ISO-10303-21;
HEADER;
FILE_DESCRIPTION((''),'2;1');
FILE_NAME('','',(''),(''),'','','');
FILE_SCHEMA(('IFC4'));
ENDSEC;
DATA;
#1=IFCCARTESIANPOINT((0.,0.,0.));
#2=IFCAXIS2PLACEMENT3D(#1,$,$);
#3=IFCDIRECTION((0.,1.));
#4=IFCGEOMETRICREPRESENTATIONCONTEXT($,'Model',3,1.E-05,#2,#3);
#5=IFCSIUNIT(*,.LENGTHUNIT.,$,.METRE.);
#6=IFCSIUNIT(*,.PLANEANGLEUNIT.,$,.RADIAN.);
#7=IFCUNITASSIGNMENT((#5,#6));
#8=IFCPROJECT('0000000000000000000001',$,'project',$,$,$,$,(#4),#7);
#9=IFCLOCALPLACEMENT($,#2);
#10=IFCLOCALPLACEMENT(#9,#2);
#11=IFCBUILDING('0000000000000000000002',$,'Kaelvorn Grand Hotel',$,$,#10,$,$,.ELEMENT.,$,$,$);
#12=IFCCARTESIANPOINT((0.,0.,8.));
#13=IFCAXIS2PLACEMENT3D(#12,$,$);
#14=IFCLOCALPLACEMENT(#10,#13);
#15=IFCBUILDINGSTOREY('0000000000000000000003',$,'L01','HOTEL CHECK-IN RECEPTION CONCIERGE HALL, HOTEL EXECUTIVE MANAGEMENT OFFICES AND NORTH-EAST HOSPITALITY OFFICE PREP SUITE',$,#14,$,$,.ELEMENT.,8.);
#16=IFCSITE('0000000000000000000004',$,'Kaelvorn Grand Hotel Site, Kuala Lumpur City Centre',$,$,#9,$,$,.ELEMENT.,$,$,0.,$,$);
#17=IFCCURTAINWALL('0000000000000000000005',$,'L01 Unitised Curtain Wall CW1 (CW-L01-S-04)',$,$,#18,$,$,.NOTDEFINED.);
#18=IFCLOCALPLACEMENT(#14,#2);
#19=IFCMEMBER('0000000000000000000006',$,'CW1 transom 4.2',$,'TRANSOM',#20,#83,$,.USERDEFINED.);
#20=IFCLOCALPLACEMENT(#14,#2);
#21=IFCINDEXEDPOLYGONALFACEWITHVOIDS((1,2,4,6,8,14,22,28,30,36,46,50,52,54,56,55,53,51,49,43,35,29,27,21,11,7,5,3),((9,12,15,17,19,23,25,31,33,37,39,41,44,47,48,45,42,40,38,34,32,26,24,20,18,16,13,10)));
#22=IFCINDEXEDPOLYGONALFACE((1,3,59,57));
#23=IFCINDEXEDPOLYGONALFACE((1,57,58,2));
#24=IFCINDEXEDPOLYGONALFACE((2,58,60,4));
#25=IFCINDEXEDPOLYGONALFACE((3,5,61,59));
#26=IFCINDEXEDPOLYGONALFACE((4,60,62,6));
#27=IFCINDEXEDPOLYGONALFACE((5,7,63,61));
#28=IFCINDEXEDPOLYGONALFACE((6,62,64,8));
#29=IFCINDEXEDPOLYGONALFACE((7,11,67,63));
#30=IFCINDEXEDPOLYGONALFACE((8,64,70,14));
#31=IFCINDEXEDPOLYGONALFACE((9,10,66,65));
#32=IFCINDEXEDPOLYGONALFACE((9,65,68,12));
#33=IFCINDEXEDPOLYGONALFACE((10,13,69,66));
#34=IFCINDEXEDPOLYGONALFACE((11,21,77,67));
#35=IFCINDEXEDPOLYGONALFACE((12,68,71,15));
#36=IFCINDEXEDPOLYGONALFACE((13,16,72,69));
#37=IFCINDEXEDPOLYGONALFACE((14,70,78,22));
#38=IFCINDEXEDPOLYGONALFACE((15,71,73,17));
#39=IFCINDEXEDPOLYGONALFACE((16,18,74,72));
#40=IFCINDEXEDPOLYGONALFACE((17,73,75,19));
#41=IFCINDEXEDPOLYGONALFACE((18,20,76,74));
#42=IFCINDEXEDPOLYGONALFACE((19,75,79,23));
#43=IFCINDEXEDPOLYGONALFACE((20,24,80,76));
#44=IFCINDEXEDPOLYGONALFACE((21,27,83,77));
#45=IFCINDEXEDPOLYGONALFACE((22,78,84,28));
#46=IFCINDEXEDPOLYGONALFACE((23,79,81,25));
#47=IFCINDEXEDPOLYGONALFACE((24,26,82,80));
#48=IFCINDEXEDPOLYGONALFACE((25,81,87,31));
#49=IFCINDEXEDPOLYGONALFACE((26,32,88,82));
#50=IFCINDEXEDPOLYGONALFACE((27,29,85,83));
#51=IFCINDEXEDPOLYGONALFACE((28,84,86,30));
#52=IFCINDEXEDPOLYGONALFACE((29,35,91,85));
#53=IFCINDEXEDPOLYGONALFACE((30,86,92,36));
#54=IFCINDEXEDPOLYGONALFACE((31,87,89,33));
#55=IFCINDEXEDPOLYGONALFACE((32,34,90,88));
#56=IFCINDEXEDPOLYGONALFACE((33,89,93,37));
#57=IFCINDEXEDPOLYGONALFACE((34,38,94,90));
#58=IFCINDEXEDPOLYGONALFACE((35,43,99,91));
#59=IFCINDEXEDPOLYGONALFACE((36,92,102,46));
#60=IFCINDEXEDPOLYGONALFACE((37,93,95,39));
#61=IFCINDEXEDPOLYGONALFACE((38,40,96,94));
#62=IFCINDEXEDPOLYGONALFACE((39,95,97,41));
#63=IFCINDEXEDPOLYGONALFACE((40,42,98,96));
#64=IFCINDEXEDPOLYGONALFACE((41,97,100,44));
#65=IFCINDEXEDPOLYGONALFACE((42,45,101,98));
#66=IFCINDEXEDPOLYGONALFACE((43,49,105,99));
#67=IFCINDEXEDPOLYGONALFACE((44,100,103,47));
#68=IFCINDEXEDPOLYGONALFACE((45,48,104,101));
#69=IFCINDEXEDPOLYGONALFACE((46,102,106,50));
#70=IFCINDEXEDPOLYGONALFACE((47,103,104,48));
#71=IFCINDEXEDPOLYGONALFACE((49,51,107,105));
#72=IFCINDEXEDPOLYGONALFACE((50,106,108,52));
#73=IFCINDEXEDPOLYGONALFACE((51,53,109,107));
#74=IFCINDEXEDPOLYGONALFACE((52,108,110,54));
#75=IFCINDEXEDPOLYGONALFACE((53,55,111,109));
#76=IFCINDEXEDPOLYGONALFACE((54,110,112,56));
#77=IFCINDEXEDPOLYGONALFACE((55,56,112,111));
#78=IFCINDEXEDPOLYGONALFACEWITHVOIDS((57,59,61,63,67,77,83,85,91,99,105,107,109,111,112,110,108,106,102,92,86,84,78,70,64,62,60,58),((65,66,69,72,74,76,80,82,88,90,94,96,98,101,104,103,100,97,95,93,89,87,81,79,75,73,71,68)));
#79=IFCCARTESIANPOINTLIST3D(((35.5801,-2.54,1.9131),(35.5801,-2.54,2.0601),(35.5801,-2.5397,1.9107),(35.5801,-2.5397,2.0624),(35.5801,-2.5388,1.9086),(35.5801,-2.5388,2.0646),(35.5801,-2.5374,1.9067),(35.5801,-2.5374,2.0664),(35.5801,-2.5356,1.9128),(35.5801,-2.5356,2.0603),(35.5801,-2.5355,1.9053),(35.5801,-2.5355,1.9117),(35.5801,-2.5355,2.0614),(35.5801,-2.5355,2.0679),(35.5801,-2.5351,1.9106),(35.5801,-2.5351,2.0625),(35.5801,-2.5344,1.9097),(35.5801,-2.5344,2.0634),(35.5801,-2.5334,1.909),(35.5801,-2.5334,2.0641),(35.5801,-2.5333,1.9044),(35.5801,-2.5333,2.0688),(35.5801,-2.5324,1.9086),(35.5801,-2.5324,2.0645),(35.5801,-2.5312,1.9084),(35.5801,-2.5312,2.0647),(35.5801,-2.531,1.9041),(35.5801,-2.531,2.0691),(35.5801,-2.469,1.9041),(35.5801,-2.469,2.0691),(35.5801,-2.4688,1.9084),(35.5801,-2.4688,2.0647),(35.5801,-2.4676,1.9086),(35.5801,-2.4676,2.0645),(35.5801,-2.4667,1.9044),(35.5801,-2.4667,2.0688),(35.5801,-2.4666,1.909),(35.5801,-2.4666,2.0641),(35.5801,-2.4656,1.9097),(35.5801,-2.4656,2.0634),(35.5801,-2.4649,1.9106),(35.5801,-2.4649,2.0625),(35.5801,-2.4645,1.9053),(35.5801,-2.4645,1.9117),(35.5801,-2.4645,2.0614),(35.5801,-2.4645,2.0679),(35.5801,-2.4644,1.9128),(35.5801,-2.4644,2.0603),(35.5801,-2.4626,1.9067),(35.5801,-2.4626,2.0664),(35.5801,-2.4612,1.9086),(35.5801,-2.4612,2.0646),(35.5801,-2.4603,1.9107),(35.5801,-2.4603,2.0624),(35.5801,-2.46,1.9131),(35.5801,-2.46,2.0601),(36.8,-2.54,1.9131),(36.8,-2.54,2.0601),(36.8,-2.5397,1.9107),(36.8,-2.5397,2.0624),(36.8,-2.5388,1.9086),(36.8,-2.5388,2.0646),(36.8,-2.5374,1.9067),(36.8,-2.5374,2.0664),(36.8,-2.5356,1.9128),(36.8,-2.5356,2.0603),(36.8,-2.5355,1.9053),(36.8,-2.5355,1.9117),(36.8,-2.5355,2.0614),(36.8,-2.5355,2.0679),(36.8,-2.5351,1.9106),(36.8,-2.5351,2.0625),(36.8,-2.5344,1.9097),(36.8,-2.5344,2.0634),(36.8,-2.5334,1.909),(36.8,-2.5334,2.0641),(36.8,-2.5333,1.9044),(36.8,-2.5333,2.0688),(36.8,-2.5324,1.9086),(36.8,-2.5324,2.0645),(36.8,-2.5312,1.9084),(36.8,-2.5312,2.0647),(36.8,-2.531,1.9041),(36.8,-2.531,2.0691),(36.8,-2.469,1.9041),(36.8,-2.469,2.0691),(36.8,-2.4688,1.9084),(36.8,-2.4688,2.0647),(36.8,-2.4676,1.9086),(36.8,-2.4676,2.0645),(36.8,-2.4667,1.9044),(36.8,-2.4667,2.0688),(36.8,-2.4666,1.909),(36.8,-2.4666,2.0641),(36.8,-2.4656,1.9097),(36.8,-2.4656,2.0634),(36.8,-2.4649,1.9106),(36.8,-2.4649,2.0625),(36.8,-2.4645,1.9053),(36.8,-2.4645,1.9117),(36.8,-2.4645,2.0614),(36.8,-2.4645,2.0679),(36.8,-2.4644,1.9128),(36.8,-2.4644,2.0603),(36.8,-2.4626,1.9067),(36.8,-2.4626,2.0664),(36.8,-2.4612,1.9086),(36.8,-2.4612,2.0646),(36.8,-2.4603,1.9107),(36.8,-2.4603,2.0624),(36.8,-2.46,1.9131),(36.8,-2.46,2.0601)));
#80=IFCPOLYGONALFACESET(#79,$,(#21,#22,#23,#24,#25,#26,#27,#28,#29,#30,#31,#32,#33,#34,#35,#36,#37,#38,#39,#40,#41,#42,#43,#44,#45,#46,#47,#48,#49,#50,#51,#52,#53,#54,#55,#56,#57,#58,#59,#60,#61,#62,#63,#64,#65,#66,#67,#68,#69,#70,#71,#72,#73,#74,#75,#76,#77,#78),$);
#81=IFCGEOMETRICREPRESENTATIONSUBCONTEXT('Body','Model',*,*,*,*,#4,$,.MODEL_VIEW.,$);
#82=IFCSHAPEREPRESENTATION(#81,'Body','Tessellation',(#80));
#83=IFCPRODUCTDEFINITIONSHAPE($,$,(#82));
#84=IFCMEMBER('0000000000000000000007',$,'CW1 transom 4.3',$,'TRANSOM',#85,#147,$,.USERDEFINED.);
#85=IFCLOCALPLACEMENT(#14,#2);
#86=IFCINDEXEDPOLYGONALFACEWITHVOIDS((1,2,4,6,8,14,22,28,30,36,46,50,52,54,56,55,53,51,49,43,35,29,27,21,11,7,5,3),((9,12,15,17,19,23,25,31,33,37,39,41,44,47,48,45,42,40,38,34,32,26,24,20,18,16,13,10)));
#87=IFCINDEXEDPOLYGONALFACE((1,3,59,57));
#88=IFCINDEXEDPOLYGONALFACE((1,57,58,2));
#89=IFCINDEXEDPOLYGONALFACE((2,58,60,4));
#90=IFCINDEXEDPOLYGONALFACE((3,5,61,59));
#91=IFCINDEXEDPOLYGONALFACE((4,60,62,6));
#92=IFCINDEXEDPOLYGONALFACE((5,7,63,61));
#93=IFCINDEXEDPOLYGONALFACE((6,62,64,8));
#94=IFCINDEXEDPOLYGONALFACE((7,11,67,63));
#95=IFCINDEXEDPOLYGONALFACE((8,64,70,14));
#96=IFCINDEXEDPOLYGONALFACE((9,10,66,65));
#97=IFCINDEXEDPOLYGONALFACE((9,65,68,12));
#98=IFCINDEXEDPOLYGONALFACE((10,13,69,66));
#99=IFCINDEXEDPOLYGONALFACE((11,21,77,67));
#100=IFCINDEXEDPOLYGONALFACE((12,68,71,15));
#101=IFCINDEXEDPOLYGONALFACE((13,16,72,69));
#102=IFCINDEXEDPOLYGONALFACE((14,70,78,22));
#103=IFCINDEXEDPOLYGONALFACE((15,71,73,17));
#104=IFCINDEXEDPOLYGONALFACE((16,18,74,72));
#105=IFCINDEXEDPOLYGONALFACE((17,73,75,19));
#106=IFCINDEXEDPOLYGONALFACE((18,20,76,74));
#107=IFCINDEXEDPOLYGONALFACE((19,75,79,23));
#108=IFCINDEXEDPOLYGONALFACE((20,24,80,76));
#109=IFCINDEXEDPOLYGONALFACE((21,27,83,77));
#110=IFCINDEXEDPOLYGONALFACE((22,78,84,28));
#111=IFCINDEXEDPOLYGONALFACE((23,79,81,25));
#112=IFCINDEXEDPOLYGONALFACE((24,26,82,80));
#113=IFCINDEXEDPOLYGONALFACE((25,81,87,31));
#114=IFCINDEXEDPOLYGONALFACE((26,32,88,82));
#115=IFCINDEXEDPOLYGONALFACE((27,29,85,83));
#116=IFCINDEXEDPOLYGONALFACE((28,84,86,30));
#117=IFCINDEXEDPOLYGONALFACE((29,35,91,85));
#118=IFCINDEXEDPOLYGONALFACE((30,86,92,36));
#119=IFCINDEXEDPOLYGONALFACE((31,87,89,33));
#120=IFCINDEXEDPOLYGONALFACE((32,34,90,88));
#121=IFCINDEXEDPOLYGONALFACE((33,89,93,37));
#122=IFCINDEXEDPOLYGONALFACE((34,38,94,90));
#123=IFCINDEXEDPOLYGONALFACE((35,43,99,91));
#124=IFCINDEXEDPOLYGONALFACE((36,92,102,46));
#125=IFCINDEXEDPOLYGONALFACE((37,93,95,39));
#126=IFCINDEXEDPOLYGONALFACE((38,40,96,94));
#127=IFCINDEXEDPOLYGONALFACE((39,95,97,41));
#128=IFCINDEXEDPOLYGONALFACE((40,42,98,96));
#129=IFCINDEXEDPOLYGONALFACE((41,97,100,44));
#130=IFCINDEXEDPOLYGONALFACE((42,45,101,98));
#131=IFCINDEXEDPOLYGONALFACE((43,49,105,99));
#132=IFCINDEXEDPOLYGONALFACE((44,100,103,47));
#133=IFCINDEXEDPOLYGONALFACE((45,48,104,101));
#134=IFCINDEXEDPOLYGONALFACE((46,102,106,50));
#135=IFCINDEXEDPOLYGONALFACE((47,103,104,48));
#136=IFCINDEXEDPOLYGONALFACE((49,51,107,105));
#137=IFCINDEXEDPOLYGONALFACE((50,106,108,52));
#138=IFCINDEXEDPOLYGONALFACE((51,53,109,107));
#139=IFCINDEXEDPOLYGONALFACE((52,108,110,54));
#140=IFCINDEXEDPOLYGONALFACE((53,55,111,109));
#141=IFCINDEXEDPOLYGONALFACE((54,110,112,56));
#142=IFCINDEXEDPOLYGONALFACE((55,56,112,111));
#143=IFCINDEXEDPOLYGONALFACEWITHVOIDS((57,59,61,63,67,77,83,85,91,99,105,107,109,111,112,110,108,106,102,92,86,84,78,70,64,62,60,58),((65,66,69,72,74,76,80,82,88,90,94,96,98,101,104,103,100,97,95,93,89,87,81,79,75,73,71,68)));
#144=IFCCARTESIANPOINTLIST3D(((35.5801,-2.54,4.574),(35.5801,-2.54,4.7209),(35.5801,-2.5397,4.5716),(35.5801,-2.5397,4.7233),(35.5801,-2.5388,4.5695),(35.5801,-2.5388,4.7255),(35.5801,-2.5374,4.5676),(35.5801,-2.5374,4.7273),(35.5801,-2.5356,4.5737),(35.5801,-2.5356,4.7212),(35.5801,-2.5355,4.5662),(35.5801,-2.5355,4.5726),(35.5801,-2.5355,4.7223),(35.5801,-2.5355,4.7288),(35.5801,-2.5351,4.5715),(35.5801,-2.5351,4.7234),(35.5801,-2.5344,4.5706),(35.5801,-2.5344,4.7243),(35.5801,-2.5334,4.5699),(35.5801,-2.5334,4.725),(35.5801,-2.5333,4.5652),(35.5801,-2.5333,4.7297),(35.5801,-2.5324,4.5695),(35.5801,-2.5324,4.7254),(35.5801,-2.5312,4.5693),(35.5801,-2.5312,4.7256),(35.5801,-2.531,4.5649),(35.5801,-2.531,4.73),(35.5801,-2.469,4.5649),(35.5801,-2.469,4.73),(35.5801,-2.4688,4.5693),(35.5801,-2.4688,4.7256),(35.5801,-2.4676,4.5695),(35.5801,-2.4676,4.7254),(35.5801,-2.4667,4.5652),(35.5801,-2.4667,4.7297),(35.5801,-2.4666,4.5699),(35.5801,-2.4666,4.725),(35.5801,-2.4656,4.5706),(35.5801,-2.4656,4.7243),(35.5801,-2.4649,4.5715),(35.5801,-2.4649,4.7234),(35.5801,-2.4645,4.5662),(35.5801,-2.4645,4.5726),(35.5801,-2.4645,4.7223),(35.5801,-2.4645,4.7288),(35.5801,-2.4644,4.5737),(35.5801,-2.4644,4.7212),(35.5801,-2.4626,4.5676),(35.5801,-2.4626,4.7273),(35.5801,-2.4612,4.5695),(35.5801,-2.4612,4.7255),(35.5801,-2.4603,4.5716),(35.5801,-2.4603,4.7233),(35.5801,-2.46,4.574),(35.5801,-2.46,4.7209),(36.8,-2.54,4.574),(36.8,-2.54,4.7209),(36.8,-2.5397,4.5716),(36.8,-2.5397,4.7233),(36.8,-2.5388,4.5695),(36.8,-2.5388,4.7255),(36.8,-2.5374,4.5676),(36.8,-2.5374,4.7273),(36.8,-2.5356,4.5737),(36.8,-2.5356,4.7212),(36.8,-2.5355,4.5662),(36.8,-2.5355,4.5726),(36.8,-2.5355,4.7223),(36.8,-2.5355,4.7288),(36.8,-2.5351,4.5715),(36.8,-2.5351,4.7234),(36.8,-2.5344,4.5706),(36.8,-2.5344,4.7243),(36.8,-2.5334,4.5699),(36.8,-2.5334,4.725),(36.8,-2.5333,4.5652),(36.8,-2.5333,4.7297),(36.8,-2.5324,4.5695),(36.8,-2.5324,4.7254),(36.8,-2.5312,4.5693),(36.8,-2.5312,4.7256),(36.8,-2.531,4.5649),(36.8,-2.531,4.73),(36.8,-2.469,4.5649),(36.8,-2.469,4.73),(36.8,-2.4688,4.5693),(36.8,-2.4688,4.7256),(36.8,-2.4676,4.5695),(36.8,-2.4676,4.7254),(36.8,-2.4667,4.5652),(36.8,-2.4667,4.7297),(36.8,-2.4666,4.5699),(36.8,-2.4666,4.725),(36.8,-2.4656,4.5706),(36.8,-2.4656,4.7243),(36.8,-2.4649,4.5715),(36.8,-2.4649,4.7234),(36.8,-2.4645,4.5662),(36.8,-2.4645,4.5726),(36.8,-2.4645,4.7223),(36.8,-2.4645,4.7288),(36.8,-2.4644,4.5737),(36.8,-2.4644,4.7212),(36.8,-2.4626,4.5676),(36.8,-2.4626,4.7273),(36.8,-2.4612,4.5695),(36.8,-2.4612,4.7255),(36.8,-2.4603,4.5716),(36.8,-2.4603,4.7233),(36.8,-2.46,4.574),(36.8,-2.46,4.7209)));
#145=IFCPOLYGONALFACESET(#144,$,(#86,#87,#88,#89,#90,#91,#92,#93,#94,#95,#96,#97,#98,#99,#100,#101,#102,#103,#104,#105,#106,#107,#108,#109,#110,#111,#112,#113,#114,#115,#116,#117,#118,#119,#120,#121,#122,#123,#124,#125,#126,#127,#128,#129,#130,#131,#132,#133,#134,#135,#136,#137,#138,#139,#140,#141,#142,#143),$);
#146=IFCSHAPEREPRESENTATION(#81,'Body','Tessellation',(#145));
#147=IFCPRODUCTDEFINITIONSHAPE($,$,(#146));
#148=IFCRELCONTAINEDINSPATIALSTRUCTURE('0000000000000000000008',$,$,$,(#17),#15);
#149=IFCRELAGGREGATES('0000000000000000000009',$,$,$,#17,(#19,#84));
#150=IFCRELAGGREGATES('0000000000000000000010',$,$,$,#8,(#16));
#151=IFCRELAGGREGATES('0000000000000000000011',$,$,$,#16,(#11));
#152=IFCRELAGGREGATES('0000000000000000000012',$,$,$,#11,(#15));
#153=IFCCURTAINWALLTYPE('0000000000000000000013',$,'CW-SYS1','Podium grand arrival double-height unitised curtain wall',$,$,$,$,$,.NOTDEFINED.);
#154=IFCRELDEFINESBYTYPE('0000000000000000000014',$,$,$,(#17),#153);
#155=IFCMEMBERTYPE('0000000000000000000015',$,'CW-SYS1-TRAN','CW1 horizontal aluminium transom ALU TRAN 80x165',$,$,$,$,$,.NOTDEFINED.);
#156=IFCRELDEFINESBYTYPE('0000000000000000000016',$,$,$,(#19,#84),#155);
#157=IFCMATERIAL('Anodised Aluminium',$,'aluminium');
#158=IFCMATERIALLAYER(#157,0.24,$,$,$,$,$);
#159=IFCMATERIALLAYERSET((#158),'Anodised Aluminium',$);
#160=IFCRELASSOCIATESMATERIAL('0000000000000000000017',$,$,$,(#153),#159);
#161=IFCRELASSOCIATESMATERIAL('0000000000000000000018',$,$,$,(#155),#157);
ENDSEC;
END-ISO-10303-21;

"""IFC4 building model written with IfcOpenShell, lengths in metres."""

from ifc_helpers import new_model, si_unit, direction, frame, origin, origin_2d, place, context, subcontext, project, spatial, hollow_rectangle, extrude, material, layer, layer_set, material_profile, profile_set, type_object, element, aggregate, save


model = new_model("IFC4")

# Units and contexts
model_context = context("Model", 3, precision=1e-05, world=origin(), true_north=direction((0.0, 1.0)))
body_context = subcontext(model_context, "Body", "Model", "MODEL_VIEW")
ifc_project = project(units=[si_unit("LENGTHUNIT", "METRE"), si_unit("PLANEANGLEUNIT", "RADIAN")], contexts=[model_context])

# Site, building, storey
site_placement = place(None, origin())
site = spatial("IfcSite", under=ifc_project, at=site_placement, Name="Kaelvorn Grand Hotel Site, Kuala Lumpur City Centre", CompositionType="ELEMENT", RefElevation=0.0)
building_placement = place(site_placement, origin())
building = spatial("IfcBuilding", under=site, at=building_placement, Name="Kaelvorn Grand Hotel", CompositionType="ELEMENT")
storey_placement = place(building_placement, frame((0.0, 0.0, 8.0)))
storey = spatial("IfcBuildingStorey", under=building, at=storey_placement, Name="L01", Description="HOTEL CHECK-IN RECEPTION CONCIERGE HALL, HOTEL EXECUTIVE MANAGEMENT OFFICES AND NORTH-EAST HOSPITALITY OFFICE PREP SUITE", CompositionType="ELEMENT", Elevation=8.0)

# Shared definitions
ifc_material_1 = material(Name="Anodised Aluminium", Category="aluminium")
ifc_layer_1 = layer(ifc_material_1, 0.24)
ifc_layer_set_1 = layer_set([ifc_layer_1], Name="Anodised Aluminium")
curtain_wall_type = type_object("IfcCurtainWallType", Name="CW-SYS1", Description="Podium grand arrival double-height unitised curtain wall", PredefinedType="NOTDEFINED", material=ifc_layer_set_1)

# Curtain wall
curtain_wall_1_placement = place(storey_placement, origin())
curtain_wall_1 = element("IfcCurtainWall", 1, at=curtain_wall_1_placement, inside=storey, type_object=curtain_wall_type, Name="L01 Unitised Curtain Wall CW1 (CW-L01-S-04)", PredefinedType="NOTDEFINED")

# Members
ifc_material_profile_1 = material_profile(ifc_material_1, hollow_rectangle(XDim=0.0801, YDim=0.165, WallThickness=0.0044, InnerFilletRadius=0.0044, OuterFilletRadius=0.009, at=origin_2d()), Name="ALU TRAN 80x165")
ifc_profile_set_1 = profile_set([ifc_material_profile_1], Name="Anodised Aluminium")
member_type_1 = type_object("IfcMemberType", Name="CW-SYS1-TRAN", Description="CW1 horizontal aluminium transom ALU TRAN 80x165", PredefinedType="NOTDEFINED", material=ifc_profile_set_1)
member_1_placement = place(storey_placement, frame((35.5801, -2.5, 1.9866), z_axis=(1.0, 0.0, 0.0), x_axis=(0.0, 1.0, 0.0)))
member_1 = element("IfcMember", 2, at=member_1_placement, type_object=member_type_1, Name="CW1 transom 4.2", ObjectType="TRANSOM", PredefinedType="USERDEFINED", context=body_context, shape_type="SweptSolid", body=[
    extrude(hollow_rectangle(XDim=0.0801, YDim=0.165, WallThickness=0.0044, InnerFilletRadius=0.0044, OuterFilletRadius=0.009, at=origin_2d()), origin(), (0.0, 0.0, 1.0), 1.22),
])
member_2_placement = place(storey_placement, frame((35.5801, -2.5, 4.6475), z_axis=(1.0, 0.0, 0.0), x_axis=(0.0, 1.0, 0.0)))
member_2 = element("IfcMember", 3, at=member_2_placement, type_object=member_type_1, Name="CW1 transom 4.3", ObjectType="TRANSOM", PredefinedType="USERDEFINED", context=body_context, shape_type="SweptSolid", body=[
    extrude(hollow_rectangle(XDim=0.0801, YDim=0.165, WallThickness=0.0044, InnerFilletRadius=0.0044, OuterFilletRadius=0.009, at=origin_2d()), origin(), (0.0, 0.0, 1.0), 1.22),
])

aggregate(curtain_wall_1, [member_1, member_2])

save(model, "model.ifc")
